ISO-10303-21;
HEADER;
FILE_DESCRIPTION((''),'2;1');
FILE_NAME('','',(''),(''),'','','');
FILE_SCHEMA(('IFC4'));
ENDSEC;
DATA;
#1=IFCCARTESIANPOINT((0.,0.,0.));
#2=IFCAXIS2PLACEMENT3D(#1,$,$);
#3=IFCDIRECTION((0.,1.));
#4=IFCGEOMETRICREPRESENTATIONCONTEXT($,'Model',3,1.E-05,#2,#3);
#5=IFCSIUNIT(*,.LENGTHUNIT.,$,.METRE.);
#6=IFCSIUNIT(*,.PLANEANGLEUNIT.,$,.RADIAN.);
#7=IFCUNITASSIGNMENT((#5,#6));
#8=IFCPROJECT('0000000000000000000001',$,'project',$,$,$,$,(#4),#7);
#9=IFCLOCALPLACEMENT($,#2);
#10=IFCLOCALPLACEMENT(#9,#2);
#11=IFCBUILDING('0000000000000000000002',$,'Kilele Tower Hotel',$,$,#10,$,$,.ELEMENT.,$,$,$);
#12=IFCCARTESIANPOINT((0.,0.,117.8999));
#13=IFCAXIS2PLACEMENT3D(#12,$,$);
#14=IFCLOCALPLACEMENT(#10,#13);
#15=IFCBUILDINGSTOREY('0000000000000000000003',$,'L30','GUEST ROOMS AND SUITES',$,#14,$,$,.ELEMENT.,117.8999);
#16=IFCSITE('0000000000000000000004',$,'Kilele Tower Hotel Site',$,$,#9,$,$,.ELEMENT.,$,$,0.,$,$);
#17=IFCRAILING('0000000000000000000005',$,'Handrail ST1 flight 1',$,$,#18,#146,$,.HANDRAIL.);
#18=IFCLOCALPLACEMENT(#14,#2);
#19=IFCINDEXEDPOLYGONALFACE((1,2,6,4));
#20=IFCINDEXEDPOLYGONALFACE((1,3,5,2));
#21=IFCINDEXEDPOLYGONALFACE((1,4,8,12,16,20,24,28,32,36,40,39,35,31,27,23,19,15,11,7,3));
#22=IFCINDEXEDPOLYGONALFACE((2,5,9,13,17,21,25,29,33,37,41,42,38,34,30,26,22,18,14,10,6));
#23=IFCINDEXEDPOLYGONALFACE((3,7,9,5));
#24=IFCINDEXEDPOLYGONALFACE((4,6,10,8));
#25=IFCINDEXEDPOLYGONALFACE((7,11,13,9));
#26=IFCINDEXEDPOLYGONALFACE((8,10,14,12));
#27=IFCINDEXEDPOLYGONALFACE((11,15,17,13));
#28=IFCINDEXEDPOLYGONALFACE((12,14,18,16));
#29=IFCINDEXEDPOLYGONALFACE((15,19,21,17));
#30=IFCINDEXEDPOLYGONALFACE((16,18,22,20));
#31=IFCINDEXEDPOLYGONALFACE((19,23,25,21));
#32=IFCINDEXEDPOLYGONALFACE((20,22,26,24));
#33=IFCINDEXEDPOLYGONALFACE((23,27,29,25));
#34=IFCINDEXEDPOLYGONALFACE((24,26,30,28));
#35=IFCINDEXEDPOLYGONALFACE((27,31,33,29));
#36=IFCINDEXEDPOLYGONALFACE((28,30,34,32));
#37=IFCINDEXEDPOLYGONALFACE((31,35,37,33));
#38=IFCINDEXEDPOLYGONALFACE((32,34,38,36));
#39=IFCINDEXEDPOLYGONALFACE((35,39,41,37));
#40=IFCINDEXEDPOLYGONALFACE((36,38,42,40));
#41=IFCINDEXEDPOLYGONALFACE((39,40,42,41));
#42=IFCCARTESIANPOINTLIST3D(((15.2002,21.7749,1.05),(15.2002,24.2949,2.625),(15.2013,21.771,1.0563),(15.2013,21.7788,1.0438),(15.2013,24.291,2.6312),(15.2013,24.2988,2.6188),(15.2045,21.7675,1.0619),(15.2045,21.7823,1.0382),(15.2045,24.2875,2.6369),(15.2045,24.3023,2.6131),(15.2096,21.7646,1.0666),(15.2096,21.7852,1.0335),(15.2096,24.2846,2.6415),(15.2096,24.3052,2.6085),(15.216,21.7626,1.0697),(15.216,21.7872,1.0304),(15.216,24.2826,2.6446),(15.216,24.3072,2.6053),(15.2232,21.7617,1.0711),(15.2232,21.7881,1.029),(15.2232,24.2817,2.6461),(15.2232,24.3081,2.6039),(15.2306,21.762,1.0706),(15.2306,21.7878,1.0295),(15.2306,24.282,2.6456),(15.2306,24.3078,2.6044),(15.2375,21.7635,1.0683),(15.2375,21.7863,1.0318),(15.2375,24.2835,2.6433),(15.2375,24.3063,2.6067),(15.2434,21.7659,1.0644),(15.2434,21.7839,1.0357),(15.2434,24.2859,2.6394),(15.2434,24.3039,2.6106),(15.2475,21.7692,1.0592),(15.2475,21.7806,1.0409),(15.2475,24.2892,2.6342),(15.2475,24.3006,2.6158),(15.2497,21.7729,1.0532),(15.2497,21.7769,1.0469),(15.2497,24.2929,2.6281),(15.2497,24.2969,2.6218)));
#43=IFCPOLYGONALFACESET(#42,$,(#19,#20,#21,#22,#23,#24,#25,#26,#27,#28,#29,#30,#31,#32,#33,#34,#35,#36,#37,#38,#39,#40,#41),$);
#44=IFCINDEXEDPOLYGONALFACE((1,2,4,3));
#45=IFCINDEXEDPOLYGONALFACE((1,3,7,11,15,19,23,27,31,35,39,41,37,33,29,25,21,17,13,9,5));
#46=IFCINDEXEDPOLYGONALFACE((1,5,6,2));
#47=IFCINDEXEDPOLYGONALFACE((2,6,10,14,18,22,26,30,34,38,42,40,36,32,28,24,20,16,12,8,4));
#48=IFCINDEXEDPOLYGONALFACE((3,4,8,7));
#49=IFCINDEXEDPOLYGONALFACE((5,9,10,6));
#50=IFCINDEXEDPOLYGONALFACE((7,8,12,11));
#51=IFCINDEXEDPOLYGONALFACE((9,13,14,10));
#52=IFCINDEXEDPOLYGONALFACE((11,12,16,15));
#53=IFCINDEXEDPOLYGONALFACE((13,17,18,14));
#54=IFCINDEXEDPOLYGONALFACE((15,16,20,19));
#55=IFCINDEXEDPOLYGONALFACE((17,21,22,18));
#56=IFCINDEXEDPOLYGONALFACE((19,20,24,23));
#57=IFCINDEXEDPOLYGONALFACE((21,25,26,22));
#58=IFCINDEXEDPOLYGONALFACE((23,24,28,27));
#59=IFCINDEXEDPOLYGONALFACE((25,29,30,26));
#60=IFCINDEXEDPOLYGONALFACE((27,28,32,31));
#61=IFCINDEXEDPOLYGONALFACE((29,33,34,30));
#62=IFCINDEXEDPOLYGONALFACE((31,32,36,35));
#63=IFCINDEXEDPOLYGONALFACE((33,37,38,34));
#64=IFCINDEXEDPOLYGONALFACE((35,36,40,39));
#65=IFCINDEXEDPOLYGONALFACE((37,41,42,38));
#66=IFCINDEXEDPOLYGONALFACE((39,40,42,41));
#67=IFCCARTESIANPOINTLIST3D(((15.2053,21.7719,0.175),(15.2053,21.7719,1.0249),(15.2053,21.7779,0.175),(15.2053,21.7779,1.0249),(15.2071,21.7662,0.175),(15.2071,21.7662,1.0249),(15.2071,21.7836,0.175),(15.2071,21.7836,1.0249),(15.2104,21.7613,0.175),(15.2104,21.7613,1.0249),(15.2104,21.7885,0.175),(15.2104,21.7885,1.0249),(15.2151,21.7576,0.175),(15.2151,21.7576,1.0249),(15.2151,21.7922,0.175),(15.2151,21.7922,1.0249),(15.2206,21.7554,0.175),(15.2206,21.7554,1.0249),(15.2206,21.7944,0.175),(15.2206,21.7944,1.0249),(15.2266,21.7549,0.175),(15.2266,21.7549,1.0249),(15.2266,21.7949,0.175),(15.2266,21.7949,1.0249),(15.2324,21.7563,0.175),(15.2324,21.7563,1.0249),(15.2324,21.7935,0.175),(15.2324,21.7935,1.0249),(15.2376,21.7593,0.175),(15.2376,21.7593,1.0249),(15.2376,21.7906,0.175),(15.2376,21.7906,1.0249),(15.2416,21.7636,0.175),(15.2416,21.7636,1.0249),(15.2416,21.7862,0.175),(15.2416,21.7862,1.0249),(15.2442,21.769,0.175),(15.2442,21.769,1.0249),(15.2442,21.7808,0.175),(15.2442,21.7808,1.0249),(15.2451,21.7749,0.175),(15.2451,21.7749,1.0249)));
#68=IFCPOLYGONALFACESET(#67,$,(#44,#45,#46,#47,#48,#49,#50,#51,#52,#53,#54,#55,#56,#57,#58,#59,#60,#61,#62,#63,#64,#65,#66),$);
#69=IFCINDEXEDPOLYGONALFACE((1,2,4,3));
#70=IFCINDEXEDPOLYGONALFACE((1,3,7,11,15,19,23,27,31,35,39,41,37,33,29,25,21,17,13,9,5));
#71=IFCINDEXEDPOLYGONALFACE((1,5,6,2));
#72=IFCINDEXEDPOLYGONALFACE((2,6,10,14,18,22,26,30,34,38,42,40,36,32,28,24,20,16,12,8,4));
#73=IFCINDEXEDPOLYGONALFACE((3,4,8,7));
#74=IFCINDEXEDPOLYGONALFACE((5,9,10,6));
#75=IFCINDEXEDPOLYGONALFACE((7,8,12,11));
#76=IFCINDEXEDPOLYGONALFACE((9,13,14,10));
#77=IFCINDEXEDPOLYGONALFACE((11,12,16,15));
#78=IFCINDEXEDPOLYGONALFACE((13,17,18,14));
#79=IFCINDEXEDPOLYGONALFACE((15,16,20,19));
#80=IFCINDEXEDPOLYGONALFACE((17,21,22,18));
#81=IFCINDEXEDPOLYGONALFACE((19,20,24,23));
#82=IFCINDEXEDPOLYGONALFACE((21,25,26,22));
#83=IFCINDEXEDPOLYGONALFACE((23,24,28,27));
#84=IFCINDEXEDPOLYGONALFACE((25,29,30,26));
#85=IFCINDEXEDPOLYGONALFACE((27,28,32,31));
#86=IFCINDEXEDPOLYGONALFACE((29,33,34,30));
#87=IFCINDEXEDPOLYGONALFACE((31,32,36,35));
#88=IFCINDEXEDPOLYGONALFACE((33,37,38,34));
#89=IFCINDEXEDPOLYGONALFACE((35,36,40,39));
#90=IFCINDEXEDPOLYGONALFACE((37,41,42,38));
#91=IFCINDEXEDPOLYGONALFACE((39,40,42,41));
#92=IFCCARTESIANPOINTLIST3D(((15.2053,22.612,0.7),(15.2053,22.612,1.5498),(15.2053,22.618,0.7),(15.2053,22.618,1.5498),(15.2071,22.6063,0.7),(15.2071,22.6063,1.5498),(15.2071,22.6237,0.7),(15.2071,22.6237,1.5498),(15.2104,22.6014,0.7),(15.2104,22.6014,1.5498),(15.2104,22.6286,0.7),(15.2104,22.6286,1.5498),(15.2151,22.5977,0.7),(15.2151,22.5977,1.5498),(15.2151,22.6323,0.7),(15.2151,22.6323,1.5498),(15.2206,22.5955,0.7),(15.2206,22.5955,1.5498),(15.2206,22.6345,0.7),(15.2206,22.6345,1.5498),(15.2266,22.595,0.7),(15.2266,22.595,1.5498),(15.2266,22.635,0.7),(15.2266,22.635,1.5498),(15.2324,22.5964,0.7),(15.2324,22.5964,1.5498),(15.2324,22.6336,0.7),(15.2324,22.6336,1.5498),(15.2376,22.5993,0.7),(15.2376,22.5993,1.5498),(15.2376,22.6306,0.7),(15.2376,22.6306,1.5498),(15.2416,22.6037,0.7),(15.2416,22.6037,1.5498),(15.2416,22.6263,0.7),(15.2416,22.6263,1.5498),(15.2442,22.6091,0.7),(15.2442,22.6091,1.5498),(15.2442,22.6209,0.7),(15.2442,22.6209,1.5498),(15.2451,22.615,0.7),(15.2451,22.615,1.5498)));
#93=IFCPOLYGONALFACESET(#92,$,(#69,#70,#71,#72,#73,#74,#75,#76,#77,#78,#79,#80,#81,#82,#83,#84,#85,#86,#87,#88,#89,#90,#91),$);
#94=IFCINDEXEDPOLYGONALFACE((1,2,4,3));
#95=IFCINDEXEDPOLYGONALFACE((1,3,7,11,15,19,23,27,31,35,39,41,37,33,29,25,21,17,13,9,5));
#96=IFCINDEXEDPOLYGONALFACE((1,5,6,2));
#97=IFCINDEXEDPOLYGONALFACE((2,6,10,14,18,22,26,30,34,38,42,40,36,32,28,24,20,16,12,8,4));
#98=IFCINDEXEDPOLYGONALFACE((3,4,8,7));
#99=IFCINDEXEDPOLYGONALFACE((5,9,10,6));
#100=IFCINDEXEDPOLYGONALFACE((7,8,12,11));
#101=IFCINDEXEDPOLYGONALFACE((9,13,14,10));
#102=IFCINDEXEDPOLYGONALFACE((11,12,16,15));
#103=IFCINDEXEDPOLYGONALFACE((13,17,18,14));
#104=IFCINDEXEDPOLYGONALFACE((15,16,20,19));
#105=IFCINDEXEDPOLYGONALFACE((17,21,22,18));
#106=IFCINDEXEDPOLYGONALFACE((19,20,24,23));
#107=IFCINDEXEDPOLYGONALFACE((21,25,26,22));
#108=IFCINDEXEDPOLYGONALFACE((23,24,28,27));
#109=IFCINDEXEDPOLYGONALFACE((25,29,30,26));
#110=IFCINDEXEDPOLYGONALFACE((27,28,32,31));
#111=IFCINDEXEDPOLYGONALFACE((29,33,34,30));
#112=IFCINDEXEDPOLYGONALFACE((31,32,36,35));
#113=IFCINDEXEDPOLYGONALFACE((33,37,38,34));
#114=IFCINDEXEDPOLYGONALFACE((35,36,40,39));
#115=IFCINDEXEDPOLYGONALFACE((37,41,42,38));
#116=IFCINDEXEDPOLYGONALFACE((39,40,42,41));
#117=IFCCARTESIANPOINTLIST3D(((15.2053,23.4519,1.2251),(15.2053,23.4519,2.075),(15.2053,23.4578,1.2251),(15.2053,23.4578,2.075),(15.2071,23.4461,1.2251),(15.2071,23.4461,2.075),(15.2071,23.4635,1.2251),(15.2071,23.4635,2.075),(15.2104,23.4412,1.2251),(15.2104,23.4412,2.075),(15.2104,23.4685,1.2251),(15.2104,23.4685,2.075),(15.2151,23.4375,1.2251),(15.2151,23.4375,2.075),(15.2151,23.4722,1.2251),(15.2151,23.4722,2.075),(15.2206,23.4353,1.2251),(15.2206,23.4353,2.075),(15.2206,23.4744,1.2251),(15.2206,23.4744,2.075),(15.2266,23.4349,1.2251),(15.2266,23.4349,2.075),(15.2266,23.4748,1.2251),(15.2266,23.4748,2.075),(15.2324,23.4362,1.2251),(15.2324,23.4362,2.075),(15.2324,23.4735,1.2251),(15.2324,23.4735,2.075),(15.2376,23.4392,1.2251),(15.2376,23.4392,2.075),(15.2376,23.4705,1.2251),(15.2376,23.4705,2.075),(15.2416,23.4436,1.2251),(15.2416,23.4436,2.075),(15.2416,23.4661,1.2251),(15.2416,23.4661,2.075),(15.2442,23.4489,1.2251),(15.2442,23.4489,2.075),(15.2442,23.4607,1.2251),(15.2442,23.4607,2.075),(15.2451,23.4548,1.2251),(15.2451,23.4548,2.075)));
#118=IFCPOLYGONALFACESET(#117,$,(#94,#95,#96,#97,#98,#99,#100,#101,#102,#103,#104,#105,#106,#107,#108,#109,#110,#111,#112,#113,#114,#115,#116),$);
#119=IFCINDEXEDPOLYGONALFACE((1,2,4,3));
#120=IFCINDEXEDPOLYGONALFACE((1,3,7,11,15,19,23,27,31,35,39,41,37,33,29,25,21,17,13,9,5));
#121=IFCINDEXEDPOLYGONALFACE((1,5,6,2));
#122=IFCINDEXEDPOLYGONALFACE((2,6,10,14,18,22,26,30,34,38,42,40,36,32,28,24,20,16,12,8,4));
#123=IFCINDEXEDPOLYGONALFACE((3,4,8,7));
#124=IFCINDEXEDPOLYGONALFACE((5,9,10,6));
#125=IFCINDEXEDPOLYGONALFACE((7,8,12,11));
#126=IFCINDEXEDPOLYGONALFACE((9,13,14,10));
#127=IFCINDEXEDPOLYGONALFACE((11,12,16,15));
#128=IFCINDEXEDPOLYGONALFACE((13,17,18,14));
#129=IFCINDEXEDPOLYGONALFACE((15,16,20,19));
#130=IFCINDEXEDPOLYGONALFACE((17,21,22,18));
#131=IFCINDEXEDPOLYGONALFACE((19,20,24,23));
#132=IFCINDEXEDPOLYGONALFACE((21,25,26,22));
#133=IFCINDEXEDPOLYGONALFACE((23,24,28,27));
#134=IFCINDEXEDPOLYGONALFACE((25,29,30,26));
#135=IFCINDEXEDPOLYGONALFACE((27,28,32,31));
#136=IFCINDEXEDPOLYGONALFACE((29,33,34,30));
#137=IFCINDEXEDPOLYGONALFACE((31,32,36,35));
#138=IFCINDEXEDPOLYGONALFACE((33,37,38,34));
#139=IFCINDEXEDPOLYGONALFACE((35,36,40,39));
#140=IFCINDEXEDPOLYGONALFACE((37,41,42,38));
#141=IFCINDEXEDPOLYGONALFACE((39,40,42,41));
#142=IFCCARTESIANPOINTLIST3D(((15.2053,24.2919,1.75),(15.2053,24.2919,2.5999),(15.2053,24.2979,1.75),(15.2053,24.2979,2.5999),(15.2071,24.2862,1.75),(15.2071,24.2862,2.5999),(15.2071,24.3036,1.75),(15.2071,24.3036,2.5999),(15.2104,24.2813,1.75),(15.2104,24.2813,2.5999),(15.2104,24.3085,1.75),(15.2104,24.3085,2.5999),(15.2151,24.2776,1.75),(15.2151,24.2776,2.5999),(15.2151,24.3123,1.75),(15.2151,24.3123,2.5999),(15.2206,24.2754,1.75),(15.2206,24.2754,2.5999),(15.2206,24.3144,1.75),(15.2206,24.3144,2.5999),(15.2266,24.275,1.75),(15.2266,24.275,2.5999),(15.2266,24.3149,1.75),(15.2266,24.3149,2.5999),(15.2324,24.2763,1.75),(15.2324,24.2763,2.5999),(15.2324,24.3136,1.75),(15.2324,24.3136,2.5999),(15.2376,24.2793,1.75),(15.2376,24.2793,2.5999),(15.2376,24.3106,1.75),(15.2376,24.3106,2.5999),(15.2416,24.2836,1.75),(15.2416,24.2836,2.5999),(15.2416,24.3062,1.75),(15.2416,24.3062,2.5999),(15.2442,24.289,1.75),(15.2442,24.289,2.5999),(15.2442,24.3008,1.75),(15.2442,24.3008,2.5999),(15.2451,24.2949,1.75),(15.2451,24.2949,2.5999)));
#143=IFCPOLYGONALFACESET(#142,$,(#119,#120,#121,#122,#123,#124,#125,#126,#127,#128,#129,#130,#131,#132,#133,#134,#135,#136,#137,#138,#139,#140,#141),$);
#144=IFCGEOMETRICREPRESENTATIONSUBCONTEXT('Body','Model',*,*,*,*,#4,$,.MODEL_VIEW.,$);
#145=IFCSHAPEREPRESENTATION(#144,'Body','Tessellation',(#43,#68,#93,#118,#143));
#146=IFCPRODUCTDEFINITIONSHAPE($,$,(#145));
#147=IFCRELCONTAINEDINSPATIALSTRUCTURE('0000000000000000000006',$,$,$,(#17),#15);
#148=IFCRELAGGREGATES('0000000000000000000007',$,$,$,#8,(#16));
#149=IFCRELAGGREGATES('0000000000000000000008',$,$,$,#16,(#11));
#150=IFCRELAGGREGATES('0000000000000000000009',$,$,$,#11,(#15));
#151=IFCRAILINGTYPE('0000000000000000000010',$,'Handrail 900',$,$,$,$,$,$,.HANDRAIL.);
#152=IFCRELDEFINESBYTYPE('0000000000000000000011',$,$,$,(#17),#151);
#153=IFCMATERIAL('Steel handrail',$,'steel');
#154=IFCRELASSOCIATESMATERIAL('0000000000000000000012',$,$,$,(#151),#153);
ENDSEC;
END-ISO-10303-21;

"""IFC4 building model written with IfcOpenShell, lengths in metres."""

from ifc_helpers import new_model, si_unit, direction, frame, origin, origin_2d, place, context, subcontext, project, spatial, circle, extrude, material, type_object, element, save


model = new_model("IFC4")

# Units and contexts
model_context = context("Model", 3, precision=1e-05, world=origin(), true_north=direction((0.0, 1.0)))
body_context = subcontext(model_context, "Body", "Model", "MODEL_VIEW")
ifc_project = project(units=[si_unit("LENGTHUNIT", "METRE"), si_unit("PLANEANGLEUNIT", "RADIAN")], contexts=[model_context])

# Site, building, storey
site_placement = place(None, origin())
site = spatial("IfcSite", under=ifc_project, at=site_placement, Name="Kilele Tower Hotel Site", CompositionType="ELEMENT", RefElevation=0.0)
building_placement = place(site_placement, origin())
building = spatial("IfcBuilding", under=site, at=building_placement, Name="Kilele Tower Hotel", CompositionType="ELEMENT")
storey_placement = place(building_placement, frame((0.0, 0.0, 117.8999)))
storey = spatial("IfcBuildingStorey", under=building, at=storey_placement, Name="L30", Description="GUEST ROOMS AND SUITES", CompositionType="ELEMENT", Elevation=117.8999)

# Railing
ifc_material_1 = material(Name="Steel handrail", Category="steel")
railing_type_1 = type_object("IfcRailingType", Name="Handrail 900", PredefinedType="HANDRAIL", material=ifc_material_1)
for number, where, name in (
    (1, (15.2251, 21.7749, 0.175), "Handrail ST1 flight 1"),
):
    element("IfcRailing", number, at=place(storey_placement, frame(where)), inside=storey, type_object=railing_type_1, Name=name, PredefinedType="HANDRAIL", context=body_context, shape_type="SweptSolid", body=[
        extrude(circle(Radius=0.0249, at=origin_2d()), frame((0.0, 0.0, 0.875), z_axis=(0.0, 0.848008, 0.529984), x_axis=(-1.0, 0.0, 0.0)), (0.0, 0.0, 1.0), 2.9717),
        extrude(circle(Radius=0.02, at=origin_2d()), origin(), (0.0, 0.0, 1.0), 0.8499),
        extrude(circle(Radius=0.02, at=origin_2d()), frame((0.0, 0.8401, 0.5249)), (0.0, 0.0, 1.0), 0.8499),
        extrude(circle(Radius=0.02, at=origin_2d()), frame((0.0, 1.6799, 1.05)), (0.0, 0.0, 1.0), 0.8499),
        extrude(circle(Radius=0.02, at=origin_2d()), frame((0.0, 2.52, 1.575)), (0.0, 0.0, 1.0), 0.8499),
    ])

save(model, "model.ifc")
